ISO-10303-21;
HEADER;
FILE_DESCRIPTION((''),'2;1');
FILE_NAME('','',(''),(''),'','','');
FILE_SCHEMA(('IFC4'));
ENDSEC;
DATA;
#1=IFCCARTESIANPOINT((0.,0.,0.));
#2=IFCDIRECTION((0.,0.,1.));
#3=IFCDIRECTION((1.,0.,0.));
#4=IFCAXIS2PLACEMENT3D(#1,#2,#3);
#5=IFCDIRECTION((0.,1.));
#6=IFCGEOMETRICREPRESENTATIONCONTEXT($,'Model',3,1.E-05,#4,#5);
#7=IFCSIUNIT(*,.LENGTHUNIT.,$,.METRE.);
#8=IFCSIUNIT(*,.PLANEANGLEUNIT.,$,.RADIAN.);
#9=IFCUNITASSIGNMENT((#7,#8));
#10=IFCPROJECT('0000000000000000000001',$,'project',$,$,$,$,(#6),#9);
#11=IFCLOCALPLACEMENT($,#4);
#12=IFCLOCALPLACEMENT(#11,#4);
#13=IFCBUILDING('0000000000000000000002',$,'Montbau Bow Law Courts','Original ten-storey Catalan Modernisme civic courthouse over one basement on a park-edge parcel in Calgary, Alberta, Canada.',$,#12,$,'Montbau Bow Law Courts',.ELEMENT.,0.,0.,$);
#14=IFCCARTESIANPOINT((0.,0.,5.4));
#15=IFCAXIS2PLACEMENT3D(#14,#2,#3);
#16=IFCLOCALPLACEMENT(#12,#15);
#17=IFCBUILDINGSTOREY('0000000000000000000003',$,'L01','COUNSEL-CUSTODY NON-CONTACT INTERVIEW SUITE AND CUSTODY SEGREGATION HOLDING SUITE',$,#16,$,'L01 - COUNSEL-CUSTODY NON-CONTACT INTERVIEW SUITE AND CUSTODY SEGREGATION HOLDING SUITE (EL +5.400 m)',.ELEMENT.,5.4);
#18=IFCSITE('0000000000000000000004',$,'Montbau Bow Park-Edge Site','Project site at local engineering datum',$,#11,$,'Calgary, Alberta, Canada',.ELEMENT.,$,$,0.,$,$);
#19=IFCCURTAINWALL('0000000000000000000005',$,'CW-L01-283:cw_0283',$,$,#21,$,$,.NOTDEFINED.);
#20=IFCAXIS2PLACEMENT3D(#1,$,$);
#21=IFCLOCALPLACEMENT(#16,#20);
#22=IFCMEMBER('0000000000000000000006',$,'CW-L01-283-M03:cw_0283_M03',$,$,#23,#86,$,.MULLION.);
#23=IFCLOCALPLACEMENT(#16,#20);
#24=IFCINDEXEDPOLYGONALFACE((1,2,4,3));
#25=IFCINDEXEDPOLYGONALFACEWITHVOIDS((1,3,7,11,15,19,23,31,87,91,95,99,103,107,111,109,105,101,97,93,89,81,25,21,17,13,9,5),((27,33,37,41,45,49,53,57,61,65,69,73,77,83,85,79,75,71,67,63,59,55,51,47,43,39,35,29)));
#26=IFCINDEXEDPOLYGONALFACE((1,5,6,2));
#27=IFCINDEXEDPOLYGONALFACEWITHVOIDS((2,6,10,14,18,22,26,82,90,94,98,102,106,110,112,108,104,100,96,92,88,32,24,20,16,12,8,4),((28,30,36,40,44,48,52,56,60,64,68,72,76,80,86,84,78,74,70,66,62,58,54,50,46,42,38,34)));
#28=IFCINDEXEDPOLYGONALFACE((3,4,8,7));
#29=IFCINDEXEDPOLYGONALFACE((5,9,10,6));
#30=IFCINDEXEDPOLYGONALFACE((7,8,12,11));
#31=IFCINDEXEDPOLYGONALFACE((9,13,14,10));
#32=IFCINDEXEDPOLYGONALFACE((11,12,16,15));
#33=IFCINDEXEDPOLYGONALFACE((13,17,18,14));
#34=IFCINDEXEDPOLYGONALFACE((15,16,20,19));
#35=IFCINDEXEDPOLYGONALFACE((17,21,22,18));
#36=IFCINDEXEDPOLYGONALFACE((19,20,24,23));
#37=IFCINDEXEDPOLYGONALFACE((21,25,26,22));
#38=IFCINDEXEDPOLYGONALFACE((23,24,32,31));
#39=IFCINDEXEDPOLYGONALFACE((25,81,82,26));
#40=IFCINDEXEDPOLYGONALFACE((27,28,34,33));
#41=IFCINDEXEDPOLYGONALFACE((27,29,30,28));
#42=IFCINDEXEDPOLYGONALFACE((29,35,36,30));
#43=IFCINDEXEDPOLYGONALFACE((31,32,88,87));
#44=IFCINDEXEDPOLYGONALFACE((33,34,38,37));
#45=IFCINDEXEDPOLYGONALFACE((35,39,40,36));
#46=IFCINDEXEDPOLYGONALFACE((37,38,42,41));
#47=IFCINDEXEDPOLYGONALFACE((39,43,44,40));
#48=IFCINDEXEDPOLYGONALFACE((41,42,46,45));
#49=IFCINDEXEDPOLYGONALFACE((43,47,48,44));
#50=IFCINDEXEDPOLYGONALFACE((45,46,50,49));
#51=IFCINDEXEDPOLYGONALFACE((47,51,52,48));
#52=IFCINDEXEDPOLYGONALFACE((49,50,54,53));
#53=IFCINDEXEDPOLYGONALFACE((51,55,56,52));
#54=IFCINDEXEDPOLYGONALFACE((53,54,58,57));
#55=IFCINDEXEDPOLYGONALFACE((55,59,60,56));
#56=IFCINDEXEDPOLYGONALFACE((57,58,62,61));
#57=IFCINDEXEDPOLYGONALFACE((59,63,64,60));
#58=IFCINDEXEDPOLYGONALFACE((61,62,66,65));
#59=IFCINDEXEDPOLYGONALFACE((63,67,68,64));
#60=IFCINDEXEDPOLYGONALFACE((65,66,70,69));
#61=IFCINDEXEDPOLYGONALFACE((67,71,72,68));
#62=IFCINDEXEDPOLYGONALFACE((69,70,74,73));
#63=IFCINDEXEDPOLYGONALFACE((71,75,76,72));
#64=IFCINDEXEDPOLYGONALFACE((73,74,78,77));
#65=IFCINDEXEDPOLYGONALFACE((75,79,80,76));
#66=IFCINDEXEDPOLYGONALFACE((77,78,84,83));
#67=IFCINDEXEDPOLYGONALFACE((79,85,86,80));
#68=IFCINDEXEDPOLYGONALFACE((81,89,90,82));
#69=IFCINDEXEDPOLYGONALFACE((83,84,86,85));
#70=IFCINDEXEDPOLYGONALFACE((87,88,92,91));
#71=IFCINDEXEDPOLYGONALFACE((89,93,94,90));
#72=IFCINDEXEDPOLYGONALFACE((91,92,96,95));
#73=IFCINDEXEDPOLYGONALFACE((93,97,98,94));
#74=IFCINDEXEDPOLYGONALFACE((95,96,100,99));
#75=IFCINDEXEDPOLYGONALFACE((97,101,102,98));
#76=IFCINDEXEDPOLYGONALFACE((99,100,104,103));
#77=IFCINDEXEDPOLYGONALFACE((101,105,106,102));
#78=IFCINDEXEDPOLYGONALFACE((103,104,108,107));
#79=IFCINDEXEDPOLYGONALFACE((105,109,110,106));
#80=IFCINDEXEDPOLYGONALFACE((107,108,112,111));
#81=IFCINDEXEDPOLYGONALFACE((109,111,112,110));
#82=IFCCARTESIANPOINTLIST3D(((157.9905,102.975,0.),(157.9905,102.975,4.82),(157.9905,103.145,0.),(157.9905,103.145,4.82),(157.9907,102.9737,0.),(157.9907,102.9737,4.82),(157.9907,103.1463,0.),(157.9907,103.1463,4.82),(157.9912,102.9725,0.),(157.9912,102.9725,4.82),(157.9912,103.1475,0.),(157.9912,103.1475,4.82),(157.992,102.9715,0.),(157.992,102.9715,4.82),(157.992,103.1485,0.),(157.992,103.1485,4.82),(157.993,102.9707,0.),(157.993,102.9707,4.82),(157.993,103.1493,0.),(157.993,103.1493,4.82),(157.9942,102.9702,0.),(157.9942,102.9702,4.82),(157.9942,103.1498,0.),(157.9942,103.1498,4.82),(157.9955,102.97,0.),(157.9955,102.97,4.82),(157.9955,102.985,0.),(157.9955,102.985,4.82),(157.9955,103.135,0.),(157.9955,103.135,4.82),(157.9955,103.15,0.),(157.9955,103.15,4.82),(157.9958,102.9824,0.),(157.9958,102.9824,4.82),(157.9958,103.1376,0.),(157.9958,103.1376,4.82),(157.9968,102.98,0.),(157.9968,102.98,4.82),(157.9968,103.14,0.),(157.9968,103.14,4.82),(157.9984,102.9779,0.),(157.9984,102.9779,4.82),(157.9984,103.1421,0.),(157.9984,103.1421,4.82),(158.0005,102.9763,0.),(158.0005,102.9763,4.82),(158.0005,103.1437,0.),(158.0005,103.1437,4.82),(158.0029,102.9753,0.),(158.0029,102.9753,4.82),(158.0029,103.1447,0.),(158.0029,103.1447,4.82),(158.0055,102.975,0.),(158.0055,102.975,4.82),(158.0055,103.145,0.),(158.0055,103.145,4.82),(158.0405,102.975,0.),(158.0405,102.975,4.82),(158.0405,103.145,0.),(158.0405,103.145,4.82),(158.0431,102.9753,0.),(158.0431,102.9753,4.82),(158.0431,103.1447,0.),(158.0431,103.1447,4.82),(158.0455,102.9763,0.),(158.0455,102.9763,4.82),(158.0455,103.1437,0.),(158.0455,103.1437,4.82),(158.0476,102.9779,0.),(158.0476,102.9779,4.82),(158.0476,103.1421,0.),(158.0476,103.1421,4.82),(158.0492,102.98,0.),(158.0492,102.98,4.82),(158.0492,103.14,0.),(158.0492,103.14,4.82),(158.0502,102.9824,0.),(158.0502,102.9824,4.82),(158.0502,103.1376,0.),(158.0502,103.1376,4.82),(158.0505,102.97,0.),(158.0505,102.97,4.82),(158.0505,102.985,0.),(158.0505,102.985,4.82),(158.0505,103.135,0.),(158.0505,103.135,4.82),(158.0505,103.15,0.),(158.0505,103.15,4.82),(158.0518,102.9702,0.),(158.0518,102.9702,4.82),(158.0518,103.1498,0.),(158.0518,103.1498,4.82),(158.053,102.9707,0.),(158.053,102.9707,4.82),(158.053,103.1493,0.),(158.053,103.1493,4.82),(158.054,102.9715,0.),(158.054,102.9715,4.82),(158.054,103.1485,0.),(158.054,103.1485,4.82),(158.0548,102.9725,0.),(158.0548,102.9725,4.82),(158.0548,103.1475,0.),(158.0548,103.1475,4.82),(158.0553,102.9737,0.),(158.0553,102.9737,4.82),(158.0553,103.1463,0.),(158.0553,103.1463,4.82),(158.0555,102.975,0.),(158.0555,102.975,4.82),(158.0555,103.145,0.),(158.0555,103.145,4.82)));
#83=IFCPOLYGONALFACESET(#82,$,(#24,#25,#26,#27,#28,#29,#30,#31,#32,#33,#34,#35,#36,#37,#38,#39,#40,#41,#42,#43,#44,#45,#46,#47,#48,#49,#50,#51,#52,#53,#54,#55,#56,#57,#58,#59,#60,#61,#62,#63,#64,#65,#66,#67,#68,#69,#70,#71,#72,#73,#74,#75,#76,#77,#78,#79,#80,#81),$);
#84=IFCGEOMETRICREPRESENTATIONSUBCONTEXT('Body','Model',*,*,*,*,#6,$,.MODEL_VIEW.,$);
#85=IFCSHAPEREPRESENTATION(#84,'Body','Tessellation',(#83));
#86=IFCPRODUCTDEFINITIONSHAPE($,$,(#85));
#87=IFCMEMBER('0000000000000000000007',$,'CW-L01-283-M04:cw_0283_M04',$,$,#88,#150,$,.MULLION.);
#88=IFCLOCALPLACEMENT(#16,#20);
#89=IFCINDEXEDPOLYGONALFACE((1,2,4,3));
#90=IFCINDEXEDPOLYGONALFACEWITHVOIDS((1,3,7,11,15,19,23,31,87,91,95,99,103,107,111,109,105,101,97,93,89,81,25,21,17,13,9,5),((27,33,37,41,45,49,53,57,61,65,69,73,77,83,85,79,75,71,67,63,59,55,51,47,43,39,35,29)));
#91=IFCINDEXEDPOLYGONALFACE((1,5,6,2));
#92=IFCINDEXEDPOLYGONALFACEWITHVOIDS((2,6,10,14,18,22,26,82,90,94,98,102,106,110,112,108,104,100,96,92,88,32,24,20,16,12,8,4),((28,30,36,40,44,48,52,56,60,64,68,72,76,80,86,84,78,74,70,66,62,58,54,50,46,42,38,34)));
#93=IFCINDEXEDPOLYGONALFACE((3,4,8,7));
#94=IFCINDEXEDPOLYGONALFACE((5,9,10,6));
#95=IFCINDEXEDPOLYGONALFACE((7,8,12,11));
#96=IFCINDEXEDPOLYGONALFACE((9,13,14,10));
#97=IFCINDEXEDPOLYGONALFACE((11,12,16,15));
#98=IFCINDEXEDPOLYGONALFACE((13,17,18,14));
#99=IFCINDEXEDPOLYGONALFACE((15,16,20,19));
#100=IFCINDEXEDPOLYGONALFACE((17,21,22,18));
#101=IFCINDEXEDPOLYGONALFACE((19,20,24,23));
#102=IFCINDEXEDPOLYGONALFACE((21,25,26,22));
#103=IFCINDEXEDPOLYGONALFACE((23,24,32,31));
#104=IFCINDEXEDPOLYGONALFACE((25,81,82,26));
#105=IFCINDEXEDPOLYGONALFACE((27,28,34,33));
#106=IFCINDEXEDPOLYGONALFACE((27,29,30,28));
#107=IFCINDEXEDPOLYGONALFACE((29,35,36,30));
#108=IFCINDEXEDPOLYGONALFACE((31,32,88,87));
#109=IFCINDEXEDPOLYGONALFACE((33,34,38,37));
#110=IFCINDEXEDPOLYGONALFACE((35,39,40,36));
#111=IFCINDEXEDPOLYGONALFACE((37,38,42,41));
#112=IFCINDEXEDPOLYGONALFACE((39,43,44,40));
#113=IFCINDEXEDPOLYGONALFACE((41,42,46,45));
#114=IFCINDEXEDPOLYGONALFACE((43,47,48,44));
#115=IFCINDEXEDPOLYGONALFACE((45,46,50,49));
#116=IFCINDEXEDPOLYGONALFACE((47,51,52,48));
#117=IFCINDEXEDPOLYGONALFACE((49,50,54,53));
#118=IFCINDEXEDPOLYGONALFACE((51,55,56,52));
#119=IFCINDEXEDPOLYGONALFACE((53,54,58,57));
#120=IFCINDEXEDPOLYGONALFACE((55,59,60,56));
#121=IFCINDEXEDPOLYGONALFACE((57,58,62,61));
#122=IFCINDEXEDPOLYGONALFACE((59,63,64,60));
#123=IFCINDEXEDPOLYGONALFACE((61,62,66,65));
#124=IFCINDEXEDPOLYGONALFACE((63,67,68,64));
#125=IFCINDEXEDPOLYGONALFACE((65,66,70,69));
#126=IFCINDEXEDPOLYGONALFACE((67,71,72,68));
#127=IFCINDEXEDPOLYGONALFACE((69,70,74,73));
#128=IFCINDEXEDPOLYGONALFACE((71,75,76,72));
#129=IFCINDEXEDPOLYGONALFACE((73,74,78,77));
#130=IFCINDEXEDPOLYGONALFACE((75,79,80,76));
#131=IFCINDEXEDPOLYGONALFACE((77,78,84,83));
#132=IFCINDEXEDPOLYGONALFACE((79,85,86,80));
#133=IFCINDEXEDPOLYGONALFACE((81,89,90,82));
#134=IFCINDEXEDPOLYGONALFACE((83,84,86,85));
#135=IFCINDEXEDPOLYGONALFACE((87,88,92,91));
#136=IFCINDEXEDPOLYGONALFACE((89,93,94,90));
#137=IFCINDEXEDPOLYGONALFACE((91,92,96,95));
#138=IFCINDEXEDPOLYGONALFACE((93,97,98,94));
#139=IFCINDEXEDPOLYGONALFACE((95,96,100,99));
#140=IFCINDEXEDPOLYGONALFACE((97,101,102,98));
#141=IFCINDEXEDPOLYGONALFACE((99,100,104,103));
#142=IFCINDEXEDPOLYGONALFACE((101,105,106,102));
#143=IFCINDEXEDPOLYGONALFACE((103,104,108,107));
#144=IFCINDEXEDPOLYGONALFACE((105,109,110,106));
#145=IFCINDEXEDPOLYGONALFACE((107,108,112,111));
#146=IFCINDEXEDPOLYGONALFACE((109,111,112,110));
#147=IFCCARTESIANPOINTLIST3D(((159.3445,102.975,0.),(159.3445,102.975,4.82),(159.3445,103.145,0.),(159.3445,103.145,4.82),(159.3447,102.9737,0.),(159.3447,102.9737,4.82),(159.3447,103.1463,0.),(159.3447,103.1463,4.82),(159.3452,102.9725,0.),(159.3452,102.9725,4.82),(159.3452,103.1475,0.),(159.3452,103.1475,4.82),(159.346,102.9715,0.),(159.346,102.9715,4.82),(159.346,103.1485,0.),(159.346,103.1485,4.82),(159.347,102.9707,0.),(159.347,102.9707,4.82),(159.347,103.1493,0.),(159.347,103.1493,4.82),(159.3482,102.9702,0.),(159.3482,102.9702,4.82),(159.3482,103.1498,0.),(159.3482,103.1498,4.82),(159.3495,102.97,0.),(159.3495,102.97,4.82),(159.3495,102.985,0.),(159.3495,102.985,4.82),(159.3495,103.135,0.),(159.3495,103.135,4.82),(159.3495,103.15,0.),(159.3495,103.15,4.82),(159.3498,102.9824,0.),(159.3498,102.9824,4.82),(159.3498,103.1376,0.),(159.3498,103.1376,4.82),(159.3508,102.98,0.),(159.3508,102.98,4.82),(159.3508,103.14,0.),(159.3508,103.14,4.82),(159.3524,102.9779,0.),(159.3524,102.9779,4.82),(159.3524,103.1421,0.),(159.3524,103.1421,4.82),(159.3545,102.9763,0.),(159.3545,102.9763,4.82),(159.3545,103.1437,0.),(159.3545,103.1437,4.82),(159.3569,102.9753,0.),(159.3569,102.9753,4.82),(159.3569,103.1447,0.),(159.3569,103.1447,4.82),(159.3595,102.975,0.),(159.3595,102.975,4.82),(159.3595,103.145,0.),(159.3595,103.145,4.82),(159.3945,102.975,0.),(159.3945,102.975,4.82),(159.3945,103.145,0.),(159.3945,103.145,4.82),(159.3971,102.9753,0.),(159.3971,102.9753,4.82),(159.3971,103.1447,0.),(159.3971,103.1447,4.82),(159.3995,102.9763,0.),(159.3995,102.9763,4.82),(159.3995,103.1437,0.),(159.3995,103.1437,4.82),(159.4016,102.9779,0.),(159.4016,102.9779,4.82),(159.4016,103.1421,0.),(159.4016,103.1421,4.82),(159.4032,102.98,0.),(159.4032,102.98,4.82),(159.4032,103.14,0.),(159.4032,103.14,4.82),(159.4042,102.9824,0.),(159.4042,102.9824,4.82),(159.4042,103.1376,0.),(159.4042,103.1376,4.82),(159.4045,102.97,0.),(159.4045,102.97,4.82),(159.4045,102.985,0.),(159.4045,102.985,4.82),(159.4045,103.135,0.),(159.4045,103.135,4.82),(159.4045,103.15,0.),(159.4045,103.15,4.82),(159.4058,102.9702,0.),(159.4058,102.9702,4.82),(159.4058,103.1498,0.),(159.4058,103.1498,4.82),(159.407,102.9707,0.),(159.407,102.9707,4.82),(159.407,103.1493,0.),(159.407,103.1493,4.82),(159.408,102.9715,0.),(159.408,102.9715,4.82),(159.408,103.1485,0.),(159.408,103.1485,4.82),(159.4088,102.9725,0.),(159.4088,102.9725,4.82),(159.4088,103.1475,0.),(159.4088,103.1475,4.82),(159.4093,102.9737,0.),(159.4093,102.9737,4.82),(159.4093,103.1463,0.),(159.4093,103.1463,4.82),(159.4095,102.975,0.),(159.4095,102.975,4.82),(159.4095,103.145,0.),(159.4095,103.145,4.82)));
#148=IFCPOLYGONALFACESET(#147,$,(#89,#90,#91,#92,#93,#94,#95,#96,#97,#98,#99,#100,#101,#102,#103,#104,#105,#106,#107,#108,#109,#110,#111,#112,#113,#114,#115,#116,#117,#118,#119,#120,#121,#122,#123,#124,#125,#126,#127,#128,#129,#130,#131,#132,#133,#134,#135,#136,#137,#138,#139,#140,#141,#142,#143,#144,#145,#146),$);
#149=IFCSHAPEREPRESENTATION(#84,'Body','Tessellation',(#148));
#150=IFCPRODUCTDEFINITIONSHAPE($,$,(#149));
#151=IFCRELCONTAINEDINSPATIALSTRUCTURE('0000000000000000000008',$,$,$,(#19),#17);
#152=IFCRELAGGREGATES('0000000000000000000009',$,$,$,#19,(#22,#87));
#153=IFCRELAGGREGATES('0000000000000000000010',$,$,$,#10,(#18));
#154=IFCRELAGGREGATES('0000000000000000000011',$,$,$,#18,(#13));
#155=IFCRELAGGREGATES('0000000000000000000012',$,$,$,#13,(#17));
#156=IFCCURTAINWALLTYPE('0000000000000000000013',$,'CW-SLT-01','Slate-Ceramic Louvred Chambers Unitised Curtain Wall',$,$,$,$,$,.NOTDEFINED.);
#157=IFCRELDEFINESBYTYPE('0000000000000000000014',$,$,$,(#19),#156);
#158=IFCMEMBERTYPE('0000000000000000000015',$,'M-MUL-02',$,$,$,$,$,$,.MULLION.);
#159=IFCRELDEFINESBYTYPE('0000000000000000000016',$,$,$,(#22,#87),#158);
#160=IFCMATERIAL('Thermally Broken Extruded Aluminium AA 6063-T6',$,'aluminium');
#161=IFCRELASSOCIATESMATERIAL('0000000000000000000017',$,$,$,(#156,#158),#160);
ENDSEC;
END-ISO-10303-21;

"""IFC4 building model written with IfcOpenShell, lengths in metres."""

from ifc_helpers import new_model, si_unit, direction, frame, origin_with_axes, origin_2d_with_axis, place, context, subcontext, project, spatial, hollow_rectangle, extrude, material, material_profile, profile_set, type_object, element, aggregate, save


model = new_model("IFC4")

# Units and contexts
model_context = context("Model", 3, precision=1e-05, world=origin_with_axes(), true_north=direction((0.0, 1.0)))
body_context = subcontext(model_context, "Body", "Model", "MODEL_VIEW")
ifc_project = project(units=[si_unit("LENGTHUNIT", "METRE"), si_unit("PLANEANGLEUNIT", "RADIAN")], contexts=[model_context])

# Site, building, storey
site_placement = place(None, origin_with_axes())
site = spatial("IfcSite", under=ifc_project, at=site_placement, Name="Montbau Bow Park-Edge Site", Description="Project site at local engineering datum", LongName="Calgary, Alberta, Canada", CompositionType="ELEMENT", RefElevation=0.0)
building_placement = place(site_placement, origin_with_axes())
building = spatial("IfcBuilding", under=site, at=building_placement, Name="Montbau Bow Law Courts", Description="Original ten-storey Catalan Modernisme civic courthouse over one basement on a park-edge parcel in Calgary, Alberta, Canada.", LongName="Montbau Bow Law Courts", CompositionType="ELEMENT", ElevationOfRefHeight=0.0, ElevationOfTerrain=0.0)
storey_placement = place(building_placement, frame((0.0, 0.0, 5.4), z_axis=(0.0, 0.0, 1.0), x_axis=(1.0, 0.0, 0.0)))
storey = spatial("IfcBuildingStorey", under=building, at=storey_placement, Name="L01", Description="COUNSEL-CUSTODY NON-CONTACT INTERVIEW SUITE AND CUSTODY SEGREGATION HOLDING SUITE", LongName="L01 - COUNSEL-CUSTODY NON-CONTACT INTERVIEW SUITE AND CUSTODY SEGREGATION HOLDING SUITE (EL +5.400 m)", CompositionType="ELEMENT", Elevation=5.4)

# Curtain wall, members
ifc_material_1 = material(Name="Thermally Broken Extruded Aluminium AA 6063-T6", Category="aluminium")
curtain_wall_type = type_object("IfcCurtainWallType", Name="CW-SLT-01", Description="Slate-Ceramic Louvred Chambers Unitised Curtain Wall", PredefinedType="NOTDEFINED", material=ifc_material_1)
curtain_wall_placement = place(None, frame((155.315, 103.06, 5.4), z_axis=(0.0, 0.0, 1.0), x_axis=(1.0, 0.0, 0.0)))
curtain_wall = element("IfcCurtainWall", 1, at=curtain_wall_placement, inside=storey, type_object=curtain_wall_type, Name="CW-L01-283:cw_0283", PredefinedType="NOTDEFINED")
ifc_material_profile_1 = material_profile(ifc_material_1, hollow_rectangle(XDim=0.065, YDim=0.18, WallThickness=0.005, InnerFilletRadius=0.01, OuterFilletRadius=0.005, at=origin_2d_with_axis()), Name="CWM-180X65", Category="Main", Priority=0)
ifc_profile_set_1 = profile_set([ifc_material_profile_1], Name="Thermally Broken Extruded Aluminium AA 6063-T6")
member_type_1 = type_object("IfcMemberType", Name="M-MUL-02", PredefinedType="MULLION", material=ifc_profile_set_1)
member_1_placement = place(None, frame((158.023, 103.06, 5.4), z_axis=(0.0, 0.0, 1.0), x_axis=(1.0, 0.0, 0.0)))
member_1 = element("IfcMember", 2, at=member_1_placement, type_object=member_type_1, Name="CW-L01-283-M03:cw_0283_M03", PredefinedType="MULLION", context=body_context, shape_type="SweptSolid", body=[
    extrude(hollow_rectangle(XDim=0.065, YDim=0.18, WallThickness=0.005, InnerFilletRadius=0.01, OuterFilletRadius=0.005, at=origin_2d_with_axis()), origin_with_axes(), (0.0, 0.0, 1.0), 4.82),
])
member_2_placement = place(None, frame((159.377, 103.06, 5.4), z_axis=(0.0, 0.0, 1.0), x_axis=(1.0, 0.0, 0.0)))
member_2 = element("IfcMember", 3, at=member_2_placement, type_object=member_type_1, Name="CW-L01-283-M04:cw_0283_M04", PredefinedType="MULLION", context=body_context, shape_type="SweptSolid", body=[
    extrude(hollow_rectangle(XDim=0.065, YDim=0.18, WallThickness=0.005, InnerFilletRadius=0.01, OuterFilletRadius=0.005, at=origin_2d_with_axis()), origin_with_axes(), (0.0, 0.0, 1.0), 4.82),
])
aggregate(curtain_wall, [member_1, member_2])

save(model, "model.ifc")
